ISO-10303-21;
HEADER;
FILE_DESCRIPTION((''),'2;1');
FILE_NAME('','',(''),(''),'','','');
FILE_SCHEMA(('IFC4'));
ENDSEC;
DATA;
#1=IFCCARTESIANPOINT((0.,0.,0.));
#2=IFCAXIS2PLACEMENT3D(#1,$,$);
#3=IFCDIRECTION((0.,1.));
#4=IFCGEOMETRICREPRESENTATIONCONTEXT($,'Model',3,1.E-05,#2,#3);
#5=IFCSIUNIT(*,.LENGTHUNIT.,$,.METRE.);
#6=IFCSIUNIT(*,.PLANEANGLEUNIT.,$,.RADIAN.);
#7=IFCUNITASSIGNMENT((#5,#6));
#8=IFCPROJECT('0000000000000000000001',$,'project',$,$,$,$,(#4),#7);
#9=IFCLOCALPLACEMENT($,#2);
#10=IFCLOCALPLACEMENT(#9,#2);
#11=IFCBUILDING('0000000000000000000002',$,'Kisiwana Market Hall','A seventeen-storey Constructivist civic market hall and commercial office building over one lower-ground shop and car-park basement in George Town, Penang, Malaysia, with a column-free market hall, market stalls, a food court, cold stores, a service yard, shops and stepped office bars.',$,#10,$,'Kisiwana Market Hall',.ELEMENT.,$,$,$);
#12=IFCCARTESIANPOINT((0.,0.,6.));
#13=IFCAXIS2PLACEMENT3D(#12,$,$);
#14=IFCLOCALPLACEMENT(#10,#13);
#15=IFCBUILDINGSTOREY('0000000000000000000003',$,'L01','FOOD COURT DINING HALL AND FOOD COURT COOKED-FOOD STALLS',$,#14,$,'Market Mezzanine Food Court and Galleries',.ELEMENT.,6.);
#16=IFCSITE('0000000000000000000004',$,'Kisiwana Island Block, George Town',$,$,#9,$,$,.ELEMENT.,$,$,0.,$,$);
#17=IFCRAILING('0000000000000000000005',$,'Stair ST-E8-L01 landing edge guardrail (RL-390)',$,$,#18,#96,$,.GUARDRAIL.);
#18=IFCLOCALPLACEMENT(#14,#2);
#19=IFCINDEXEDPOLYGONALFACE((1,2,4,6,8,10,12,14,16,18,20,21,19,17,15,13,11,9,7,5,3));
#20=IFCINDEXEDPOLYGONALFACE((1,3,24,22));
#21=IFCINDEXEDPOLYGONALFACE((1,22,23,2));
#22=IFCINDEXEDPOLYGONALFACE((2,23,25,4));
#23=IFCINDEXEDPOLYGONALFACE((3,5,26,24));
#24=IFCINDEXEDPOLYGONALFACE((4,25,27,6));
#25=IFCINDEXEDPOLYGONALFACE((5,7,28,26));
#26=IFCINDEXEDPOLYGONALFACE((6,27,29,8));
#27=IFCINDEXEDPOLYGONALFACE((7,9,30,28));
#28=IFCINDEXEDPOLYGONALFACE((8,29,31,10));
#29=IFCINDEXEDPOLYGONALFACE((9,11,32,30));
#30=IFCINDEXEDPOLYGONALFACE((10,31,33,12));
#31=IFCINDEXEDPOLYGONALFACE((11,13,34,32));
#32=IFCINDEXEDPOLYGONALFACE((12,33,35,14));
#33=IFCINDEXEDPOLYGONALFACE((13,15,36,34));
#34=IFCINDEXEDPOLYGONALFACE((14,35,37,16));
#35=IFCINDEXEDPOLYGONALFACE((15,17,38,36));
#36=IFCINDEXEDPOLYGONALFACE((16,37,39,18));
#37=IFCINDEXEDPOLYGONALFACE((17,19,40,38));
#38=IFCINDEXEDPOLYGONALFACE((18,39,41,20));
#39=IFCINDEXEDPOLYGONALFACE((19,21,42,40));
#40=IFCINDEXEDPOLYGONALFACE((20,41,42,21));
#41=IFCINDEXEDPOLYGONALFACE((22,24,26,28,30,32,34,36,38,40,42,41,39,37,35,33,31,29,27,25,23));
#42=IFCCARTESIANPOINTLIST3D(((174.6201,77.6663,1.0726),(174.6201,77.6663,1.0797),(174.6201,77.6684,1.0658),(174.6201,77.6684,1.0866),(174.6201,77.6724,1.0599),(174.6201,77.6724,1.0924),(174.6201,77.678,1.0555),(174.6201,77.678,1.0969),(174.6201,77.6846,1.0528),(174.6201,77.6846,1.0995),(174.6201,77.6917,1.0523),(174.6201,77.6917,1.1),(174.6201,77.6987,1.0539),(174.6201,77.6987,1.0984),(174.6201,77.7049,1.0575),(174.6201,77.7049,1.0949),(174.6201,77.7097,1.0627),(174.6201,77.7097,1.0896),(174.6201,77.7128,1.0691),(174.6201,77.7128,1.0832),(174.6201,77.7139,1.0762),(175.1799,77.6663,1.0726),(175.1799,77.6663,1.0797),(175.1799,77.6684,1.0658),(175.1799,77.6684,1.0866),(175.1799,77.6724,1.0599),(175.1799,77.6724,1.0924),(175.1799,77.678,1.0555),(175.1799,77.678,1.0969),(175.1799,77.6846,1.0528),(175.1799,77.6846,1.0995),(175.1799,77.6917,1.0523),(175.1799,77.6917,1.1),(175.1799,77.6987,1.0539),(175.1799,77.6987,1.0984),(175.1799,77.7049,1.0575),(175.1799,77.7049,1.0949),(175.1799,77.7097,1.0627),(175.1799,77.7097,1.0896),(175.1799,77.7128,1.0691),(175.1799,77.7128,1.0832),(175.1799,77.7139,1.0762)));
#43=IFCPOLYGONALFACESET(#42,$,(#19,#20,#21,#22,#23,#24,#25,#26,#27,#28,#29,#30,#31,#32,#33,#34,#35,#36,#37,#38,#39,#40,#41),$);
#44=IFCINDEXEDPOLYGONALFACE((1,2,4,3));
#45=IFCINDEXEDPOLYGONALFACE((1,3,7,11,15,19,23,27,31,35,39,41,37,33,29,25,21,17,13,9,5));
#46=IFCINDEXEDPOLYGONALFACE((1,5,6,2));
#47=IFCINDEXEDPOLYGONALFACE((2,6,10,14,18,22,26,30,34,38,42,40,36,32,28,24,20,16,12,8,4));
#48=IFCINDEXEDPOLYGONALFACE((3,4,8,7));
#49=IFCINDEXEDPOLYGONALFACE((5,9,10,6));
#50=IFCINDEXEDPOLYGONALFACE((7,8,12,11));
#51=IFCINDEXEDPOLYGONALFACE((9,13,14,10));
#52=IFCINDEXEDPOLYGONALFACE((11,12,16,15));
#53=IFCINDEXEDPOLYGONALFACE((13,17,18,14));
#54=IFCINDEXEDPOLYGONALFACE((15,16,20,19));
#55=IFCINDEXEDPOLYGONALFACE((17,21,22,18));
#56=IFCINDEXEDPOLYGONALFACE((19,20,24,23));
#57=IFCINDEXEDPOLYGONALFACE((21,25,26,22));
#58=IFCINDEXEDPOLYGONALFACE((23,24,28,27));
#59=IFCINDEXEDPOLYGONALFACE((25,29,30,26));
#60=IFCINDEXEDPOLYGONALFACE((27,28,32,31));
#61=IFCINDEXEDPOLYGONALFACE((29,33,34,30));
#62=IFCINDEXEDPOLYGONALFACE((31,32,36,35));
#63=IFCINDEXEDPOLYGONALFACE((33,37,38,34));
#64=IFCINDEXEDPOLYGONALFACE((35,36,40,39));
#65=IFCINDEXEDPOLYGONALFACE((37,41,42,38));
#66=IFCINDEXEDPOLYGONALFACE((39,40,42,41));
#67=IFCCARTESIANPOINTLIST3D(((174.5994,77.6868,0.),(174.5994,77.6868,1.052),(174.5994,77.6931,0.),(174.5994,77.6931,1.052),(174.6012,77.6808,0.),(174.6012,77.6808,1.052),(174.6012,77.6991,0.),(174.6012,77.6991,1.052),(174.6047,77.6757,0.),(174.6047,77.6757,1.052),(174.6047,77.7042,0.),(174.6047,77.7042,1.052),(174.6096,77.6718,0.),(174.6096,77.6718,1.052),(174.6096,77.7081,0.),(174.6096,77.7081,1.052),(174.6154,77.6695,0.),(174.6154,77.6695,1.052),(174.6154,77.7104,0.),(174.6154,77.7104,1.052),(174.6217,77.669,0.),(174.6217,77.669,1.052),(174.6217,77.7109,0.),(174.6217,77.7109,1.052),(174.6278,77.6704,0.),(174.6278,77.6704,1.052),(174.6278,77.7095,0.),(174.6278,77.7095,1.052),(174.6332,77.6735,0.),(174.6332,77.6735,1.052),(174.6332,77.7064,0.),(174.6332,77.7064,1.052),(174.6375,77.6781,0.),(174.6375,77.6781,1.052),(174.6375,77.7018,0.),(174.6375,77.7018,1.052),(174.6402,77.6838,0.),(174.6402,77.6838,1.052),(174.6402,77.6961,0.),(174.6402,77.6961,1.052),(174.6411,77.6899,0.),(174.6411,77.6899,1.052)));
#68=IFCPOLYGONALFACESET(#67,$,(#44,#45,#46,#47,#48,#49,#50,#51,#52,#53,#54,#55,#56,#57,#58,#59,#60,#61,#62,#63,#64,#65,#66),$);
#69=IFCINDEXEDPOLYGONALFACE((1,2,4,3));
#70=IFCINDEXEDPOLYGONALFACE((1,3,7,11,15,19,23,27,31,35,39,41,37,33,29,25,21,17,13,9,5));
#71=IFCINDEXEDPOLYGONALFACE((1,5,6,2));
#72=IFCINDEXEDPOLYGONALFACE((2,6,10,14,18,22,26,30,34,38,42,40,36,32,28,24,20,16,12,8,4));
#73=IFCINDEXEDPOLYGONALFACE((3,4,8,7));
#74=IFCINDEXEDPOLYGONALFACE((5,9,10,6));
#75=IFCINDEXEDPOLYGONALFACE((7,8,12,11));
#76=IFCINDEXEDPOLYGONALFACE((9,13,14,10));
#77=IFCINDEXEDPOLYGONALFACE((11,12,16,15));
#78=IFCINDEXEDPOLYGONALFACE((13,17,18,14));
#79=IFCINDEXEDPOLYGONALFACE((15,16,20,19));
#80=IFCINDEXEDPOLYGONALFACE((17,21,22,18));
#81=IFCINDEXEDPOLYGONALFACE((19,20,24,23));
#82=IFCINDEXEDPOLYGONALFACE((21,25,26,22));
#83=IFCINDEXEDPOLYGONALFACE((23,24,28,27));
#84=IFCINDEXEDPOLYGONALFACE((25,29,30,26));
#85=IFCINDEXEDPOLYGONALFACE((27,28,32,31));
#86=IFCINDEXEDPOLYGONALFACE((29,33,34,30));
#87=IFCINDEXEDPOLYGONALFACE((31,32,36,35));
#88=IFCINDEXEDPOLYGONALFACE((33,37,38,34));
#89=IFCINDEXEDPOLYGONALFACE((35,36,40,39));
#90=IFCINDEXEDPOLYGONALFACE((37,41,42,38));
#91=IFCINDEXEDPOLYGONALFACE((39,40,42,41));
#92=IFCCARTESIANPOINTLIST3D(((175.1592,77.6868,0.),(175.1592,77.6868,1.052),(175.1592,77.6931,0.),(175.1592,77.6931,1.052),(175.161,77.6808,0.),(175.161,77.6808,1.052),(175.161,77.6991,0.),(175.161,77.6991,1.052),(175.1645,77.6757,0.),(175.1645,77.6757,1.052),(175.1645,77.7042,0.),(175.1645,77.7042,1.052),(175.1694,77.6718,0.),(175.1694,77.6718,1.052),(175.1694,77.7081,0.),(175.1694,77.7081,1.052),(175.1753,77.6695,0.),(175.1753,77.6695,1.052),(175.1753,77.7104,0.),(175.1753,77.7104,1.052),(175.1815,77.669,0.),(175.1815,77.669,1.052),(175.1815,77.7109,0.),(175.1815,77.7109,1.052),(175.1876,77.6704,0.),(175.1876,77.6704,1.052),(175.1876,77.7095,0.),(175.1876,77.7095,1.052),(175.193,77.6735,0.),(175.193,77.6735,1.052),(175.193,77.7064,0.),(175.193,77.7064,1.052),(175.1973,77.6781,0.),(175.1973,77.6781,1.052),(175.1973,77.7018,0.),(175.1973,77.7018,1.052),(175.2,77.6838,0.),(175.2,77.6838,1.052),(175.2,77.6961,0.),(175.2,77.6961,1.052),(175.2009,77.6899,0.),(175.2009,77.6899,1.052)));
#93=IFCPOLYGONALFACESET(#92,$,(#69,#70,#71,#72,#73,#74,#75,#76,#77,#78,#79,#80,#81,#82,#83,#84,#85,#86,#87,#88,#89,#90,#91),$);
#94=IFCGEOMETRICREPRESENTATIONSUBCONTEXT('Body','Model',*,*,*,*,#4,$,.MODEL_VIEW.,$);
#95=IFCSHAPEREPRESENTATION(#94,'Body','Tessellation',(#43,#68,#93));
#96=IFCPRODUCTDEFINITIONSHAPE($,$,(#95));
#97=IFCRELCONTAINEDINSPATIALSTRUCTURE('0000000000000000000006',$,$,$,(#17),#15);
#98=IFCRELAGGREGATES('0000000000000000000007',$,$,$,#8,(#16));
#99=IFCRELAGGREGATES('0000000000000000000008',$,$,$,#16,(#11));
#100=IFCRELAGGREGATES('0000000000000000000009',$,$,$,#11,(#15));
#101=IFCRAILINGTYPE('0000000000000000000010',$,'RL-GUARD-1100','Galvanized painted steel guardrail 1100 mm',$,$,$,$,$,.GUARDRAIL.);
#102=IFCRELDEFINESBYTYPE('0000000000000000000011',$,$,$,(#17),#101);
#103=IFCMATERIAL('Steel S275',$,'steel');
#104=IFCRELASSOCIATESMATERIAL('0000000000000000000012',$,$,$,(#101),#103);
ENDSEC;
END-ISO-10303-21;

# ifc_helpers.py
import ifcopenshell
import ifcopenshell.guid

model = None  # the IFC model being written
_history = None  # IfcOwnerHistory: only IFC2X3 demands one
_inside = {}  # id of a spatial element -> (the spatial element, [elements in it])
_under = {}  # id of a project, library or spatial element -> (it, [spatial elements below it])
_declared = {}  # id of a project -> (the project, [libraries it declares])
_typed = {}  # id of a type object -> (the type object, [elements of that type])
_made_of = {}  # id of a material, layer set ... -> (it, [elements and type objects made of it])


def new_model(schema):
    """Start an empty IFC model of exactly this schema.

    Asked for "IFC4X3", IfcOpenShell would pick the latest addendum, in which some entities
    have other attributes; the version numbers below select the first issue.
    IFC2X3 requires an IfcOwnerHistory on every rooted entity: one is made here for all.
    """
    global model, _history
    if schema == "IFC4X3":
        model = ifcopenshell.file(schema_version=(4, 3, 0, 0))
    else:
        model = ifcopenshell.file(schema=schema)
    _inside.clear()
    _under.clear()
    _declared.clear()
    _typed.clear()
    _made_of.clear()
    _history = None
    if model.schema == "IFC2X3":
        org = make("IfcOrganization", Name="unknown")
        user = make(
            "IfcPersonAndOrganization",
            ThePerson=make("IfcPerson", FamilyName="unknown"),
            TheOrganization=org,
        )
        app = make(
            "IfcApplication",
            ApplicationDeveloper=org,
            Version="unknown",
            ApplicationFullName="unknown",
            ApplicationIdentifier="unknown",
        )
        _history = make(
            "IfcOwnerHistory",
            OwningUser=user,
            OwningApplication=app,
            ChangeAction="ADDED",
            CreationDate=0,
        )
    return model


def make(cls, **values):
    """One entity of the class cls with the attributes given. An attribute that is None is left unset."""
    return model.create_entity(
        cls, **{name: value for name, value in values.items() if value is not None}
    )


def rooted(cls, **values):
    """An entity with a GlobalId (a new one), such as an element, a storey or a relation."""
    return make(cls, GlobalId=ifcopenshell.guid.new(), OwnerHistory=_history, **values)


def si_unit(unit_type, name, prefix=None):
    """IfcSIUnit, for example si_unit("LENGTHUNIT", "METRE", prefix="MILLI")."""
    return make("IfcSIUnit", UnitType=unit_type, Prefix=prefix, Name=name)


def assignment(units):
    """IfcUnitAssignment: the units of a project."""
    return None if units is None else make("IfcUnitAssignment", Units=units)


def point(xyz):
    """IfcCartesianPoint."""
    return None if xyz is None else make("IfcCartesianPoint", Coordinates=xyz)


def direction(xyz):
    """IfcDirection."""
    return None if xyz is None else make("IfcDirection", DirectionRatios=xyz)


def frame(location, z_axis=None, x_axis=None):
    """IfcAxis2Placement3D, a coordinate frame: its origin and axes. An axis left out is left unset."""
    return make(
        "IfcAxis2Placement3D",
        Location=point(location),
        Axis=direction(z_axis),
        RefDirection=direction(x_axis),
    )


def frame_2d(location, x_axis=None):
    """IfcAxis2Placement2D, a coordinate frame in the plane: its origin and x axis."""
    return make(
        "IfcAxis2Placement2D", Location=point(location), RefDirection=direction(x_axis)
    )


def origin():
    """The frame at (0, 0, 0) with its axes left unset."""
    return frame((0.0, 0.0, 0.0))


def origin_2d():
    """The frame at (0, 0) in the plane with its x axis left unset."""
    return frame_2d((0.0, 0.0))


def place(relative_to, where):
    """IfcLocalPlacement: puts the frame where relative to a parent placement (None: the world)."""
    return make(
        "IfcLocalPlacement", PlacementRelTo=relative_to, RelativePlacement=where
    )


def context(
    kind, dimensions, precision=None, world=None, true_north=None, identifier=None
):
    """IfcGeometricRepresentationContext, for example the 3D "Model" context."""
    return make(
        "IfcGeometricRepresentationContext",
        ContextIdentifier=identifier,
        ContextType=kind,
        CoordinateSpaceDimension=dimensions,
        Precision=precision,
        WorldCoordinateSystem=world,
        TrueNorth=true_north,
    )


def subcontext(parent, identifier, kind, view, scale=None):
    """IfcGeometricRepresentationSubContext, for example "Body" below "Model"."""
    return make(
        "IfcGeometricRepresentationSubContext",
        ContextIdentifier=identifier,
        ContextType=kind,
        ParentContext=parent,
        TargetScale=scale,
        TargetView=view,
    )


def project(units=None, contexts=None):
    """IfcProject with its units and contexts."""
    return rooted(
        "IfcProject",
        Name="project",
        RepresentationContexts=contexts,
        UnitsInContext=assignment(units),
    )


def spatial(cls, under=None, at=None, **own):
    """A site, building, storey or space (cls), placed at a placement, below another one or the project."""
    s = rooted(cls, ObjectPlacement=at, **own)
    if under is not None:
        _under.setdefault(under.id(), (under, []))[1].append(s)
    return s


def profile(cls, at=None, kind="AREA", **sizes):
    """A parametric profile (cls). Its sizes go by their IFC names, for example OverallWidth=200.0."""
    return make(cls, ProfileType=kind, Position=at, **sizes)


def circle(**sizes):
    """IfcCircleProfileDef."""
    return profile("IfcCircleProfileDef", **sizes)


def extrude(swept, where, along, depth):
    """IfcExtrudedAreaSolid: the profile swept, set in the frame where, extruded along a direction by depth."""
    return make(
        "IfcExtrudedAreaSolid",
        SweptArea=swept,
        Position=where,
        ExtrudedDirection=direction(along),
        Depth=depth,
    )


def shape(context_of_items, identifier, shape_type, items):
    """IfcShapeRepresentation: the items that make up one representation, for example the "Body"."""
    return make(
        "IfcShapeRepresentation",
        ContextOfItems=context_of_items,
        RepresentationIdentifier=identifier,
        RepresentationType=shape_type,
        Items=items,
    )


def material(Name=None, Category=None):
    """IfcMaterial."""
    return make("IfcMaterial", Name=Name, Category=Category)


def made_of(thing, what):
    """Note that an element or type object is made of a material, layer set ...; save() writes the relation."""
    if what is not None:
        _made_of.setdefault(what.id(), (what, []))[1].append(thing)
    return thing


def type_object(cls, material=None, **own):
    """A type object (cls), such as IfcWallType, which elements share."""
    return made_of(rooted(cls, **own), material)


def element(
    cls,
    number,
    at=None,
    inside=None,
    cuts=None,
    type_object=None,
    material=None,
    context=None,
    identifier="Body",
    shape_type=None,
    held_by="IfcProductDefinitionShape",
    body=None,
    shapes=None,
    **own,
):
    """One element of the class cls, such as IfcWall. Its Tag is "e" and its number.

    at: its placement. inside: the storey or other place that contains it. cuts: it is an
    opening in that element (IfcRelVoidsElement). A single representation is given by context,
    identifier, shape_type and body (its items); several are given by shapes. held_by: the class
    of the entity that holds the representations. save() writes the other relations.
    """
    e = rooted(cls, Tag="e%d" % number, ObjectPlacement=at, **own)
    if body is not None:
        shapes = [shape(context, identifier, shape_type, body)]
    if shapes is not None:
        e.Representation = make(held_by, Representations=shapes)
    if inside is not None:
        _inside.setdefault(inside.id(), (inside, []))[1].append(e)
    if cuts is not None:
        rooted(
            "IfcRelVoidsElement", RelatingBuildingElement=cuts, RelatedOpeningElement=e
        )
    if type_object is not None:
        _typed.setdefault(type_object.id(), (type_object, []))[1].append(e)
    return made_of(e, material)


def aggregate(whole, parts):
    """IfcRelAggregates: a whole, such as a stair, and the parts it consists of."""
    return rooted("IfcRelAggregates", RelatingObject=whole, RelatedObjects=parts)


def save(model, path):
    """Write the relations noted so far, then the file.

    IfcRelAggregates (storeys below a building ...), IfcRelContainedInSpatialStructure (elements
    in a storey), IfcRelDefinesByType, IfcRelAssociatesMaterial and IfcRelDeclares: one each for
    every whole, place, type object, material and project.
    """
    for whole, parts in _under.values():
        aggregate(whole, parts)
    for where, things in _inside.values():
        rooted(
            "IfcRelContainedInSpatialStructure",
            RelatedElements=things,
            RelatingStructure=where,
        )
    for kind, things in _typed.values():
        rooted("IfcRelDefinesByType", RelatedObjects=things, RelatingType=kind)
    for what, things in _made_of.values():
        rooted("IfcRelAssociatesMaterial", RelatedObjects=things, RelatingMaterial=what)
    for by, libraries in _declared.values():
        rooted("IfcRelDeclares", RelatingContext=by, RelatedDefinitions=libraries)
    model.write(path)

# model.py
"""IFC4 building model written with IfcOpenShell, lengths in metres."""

from ifc_helpers import new_model, si_unit, direction, frame, origin, origin_2d, place, context, subcontext, project, spatial, circle, extrude, material, type_object, element, save


model = new_model("IFC4")

# Units and contexts
model_context = context("Model", 3, precision=1e-05, world=origin(), true_north=direction((0.0, 1.0)))
body_context = subcontext(model_context, "Body", "Model", "MODEL_VIEW")
ifc_project = project(units=[si_unit("LENGTHUNIT", "METRE"), si_unit("PLANEANGLEUNIT", "RADIAN")], contexts=[model_context])

# Site, building, storey
site_placement = place(None, origin())
site = spatial("IfcSite", under=ifc_project, at=site_placement, Name="Kisiwana Island Block, George Town", CompositionType="ELEMENT", RefElevation=0.0)
building_placement = place(site_placement, origin())
building = spatial("IfcBuilding", under=site, at=building_placement, Name="Kisiwana Market Hall", Description="A seventeen-storey Constructivist civic market hall and commercial office building over one lower-ground shop and car-park basement in George Town, Penang, Malaysia, with a column-free market hall, market stalls, a food court, cold stores, a service yard, shops and stepped office bars.", LongName="Kisiwana Market Hall", CompositionType="ELEMENT")
storey_placement = place(building_placement, frame((0.0, 0.0, 6.0)))
storey = spatial("IfcBuildingStorey", under=building, at=storey_placement, Name="L01", Description="FOOD COURT DINING HALL AND FOOD COURT COOKED-FOOD STALLS", LongName="Market Mezzanine Food Court and Galleries", CompositionType="ELEMENT", Elevation=6.0)

# Railing
ifc_material_1 = material(Name="Steel S275", Category="steel")
railing_type_1 = type_object("IfcRailingType", Name="RL-GUARD-1100", Description="Galvanized painted steel guardrail 1100 mm", PredefinedType="GUARDRAIL", material=ifc_material_1)
railing_1_placement = place(storey_placement, frame((174.6201, 77.6899, 0.0)))
element("IfcRailing", 1, at=railing_1_placement, inside=storey, type_object=railing_type_1, Name="Stair ST-E8-L01 landing edge guardrail (RL-390)", PredefinedType="GUARDRAIL", context=body_context, shape_type="SweptSolid", body=[
    extrude(circle(Radius=0.0239, at=origin_2d()), frame((0.0, 0.0, 1.0762), z_axis=(1.0, 0.0, 0.0), x_axis=(0.0, 1.0, 0.0)), (0.0, 0.0, 1.0), 0.5598),
    extrude(circle(Radius=0.021, at=origin_2d()), origin(), (0.0, 0.0, 1.0), 1.052),
    extrude(circle(Radius=0.021, at=origin_2d()), frame((0.5598, 0.0, 0.0)), (0.0, 0.0, 1.0), 1.052),
])

save(model, "model.ifc")
